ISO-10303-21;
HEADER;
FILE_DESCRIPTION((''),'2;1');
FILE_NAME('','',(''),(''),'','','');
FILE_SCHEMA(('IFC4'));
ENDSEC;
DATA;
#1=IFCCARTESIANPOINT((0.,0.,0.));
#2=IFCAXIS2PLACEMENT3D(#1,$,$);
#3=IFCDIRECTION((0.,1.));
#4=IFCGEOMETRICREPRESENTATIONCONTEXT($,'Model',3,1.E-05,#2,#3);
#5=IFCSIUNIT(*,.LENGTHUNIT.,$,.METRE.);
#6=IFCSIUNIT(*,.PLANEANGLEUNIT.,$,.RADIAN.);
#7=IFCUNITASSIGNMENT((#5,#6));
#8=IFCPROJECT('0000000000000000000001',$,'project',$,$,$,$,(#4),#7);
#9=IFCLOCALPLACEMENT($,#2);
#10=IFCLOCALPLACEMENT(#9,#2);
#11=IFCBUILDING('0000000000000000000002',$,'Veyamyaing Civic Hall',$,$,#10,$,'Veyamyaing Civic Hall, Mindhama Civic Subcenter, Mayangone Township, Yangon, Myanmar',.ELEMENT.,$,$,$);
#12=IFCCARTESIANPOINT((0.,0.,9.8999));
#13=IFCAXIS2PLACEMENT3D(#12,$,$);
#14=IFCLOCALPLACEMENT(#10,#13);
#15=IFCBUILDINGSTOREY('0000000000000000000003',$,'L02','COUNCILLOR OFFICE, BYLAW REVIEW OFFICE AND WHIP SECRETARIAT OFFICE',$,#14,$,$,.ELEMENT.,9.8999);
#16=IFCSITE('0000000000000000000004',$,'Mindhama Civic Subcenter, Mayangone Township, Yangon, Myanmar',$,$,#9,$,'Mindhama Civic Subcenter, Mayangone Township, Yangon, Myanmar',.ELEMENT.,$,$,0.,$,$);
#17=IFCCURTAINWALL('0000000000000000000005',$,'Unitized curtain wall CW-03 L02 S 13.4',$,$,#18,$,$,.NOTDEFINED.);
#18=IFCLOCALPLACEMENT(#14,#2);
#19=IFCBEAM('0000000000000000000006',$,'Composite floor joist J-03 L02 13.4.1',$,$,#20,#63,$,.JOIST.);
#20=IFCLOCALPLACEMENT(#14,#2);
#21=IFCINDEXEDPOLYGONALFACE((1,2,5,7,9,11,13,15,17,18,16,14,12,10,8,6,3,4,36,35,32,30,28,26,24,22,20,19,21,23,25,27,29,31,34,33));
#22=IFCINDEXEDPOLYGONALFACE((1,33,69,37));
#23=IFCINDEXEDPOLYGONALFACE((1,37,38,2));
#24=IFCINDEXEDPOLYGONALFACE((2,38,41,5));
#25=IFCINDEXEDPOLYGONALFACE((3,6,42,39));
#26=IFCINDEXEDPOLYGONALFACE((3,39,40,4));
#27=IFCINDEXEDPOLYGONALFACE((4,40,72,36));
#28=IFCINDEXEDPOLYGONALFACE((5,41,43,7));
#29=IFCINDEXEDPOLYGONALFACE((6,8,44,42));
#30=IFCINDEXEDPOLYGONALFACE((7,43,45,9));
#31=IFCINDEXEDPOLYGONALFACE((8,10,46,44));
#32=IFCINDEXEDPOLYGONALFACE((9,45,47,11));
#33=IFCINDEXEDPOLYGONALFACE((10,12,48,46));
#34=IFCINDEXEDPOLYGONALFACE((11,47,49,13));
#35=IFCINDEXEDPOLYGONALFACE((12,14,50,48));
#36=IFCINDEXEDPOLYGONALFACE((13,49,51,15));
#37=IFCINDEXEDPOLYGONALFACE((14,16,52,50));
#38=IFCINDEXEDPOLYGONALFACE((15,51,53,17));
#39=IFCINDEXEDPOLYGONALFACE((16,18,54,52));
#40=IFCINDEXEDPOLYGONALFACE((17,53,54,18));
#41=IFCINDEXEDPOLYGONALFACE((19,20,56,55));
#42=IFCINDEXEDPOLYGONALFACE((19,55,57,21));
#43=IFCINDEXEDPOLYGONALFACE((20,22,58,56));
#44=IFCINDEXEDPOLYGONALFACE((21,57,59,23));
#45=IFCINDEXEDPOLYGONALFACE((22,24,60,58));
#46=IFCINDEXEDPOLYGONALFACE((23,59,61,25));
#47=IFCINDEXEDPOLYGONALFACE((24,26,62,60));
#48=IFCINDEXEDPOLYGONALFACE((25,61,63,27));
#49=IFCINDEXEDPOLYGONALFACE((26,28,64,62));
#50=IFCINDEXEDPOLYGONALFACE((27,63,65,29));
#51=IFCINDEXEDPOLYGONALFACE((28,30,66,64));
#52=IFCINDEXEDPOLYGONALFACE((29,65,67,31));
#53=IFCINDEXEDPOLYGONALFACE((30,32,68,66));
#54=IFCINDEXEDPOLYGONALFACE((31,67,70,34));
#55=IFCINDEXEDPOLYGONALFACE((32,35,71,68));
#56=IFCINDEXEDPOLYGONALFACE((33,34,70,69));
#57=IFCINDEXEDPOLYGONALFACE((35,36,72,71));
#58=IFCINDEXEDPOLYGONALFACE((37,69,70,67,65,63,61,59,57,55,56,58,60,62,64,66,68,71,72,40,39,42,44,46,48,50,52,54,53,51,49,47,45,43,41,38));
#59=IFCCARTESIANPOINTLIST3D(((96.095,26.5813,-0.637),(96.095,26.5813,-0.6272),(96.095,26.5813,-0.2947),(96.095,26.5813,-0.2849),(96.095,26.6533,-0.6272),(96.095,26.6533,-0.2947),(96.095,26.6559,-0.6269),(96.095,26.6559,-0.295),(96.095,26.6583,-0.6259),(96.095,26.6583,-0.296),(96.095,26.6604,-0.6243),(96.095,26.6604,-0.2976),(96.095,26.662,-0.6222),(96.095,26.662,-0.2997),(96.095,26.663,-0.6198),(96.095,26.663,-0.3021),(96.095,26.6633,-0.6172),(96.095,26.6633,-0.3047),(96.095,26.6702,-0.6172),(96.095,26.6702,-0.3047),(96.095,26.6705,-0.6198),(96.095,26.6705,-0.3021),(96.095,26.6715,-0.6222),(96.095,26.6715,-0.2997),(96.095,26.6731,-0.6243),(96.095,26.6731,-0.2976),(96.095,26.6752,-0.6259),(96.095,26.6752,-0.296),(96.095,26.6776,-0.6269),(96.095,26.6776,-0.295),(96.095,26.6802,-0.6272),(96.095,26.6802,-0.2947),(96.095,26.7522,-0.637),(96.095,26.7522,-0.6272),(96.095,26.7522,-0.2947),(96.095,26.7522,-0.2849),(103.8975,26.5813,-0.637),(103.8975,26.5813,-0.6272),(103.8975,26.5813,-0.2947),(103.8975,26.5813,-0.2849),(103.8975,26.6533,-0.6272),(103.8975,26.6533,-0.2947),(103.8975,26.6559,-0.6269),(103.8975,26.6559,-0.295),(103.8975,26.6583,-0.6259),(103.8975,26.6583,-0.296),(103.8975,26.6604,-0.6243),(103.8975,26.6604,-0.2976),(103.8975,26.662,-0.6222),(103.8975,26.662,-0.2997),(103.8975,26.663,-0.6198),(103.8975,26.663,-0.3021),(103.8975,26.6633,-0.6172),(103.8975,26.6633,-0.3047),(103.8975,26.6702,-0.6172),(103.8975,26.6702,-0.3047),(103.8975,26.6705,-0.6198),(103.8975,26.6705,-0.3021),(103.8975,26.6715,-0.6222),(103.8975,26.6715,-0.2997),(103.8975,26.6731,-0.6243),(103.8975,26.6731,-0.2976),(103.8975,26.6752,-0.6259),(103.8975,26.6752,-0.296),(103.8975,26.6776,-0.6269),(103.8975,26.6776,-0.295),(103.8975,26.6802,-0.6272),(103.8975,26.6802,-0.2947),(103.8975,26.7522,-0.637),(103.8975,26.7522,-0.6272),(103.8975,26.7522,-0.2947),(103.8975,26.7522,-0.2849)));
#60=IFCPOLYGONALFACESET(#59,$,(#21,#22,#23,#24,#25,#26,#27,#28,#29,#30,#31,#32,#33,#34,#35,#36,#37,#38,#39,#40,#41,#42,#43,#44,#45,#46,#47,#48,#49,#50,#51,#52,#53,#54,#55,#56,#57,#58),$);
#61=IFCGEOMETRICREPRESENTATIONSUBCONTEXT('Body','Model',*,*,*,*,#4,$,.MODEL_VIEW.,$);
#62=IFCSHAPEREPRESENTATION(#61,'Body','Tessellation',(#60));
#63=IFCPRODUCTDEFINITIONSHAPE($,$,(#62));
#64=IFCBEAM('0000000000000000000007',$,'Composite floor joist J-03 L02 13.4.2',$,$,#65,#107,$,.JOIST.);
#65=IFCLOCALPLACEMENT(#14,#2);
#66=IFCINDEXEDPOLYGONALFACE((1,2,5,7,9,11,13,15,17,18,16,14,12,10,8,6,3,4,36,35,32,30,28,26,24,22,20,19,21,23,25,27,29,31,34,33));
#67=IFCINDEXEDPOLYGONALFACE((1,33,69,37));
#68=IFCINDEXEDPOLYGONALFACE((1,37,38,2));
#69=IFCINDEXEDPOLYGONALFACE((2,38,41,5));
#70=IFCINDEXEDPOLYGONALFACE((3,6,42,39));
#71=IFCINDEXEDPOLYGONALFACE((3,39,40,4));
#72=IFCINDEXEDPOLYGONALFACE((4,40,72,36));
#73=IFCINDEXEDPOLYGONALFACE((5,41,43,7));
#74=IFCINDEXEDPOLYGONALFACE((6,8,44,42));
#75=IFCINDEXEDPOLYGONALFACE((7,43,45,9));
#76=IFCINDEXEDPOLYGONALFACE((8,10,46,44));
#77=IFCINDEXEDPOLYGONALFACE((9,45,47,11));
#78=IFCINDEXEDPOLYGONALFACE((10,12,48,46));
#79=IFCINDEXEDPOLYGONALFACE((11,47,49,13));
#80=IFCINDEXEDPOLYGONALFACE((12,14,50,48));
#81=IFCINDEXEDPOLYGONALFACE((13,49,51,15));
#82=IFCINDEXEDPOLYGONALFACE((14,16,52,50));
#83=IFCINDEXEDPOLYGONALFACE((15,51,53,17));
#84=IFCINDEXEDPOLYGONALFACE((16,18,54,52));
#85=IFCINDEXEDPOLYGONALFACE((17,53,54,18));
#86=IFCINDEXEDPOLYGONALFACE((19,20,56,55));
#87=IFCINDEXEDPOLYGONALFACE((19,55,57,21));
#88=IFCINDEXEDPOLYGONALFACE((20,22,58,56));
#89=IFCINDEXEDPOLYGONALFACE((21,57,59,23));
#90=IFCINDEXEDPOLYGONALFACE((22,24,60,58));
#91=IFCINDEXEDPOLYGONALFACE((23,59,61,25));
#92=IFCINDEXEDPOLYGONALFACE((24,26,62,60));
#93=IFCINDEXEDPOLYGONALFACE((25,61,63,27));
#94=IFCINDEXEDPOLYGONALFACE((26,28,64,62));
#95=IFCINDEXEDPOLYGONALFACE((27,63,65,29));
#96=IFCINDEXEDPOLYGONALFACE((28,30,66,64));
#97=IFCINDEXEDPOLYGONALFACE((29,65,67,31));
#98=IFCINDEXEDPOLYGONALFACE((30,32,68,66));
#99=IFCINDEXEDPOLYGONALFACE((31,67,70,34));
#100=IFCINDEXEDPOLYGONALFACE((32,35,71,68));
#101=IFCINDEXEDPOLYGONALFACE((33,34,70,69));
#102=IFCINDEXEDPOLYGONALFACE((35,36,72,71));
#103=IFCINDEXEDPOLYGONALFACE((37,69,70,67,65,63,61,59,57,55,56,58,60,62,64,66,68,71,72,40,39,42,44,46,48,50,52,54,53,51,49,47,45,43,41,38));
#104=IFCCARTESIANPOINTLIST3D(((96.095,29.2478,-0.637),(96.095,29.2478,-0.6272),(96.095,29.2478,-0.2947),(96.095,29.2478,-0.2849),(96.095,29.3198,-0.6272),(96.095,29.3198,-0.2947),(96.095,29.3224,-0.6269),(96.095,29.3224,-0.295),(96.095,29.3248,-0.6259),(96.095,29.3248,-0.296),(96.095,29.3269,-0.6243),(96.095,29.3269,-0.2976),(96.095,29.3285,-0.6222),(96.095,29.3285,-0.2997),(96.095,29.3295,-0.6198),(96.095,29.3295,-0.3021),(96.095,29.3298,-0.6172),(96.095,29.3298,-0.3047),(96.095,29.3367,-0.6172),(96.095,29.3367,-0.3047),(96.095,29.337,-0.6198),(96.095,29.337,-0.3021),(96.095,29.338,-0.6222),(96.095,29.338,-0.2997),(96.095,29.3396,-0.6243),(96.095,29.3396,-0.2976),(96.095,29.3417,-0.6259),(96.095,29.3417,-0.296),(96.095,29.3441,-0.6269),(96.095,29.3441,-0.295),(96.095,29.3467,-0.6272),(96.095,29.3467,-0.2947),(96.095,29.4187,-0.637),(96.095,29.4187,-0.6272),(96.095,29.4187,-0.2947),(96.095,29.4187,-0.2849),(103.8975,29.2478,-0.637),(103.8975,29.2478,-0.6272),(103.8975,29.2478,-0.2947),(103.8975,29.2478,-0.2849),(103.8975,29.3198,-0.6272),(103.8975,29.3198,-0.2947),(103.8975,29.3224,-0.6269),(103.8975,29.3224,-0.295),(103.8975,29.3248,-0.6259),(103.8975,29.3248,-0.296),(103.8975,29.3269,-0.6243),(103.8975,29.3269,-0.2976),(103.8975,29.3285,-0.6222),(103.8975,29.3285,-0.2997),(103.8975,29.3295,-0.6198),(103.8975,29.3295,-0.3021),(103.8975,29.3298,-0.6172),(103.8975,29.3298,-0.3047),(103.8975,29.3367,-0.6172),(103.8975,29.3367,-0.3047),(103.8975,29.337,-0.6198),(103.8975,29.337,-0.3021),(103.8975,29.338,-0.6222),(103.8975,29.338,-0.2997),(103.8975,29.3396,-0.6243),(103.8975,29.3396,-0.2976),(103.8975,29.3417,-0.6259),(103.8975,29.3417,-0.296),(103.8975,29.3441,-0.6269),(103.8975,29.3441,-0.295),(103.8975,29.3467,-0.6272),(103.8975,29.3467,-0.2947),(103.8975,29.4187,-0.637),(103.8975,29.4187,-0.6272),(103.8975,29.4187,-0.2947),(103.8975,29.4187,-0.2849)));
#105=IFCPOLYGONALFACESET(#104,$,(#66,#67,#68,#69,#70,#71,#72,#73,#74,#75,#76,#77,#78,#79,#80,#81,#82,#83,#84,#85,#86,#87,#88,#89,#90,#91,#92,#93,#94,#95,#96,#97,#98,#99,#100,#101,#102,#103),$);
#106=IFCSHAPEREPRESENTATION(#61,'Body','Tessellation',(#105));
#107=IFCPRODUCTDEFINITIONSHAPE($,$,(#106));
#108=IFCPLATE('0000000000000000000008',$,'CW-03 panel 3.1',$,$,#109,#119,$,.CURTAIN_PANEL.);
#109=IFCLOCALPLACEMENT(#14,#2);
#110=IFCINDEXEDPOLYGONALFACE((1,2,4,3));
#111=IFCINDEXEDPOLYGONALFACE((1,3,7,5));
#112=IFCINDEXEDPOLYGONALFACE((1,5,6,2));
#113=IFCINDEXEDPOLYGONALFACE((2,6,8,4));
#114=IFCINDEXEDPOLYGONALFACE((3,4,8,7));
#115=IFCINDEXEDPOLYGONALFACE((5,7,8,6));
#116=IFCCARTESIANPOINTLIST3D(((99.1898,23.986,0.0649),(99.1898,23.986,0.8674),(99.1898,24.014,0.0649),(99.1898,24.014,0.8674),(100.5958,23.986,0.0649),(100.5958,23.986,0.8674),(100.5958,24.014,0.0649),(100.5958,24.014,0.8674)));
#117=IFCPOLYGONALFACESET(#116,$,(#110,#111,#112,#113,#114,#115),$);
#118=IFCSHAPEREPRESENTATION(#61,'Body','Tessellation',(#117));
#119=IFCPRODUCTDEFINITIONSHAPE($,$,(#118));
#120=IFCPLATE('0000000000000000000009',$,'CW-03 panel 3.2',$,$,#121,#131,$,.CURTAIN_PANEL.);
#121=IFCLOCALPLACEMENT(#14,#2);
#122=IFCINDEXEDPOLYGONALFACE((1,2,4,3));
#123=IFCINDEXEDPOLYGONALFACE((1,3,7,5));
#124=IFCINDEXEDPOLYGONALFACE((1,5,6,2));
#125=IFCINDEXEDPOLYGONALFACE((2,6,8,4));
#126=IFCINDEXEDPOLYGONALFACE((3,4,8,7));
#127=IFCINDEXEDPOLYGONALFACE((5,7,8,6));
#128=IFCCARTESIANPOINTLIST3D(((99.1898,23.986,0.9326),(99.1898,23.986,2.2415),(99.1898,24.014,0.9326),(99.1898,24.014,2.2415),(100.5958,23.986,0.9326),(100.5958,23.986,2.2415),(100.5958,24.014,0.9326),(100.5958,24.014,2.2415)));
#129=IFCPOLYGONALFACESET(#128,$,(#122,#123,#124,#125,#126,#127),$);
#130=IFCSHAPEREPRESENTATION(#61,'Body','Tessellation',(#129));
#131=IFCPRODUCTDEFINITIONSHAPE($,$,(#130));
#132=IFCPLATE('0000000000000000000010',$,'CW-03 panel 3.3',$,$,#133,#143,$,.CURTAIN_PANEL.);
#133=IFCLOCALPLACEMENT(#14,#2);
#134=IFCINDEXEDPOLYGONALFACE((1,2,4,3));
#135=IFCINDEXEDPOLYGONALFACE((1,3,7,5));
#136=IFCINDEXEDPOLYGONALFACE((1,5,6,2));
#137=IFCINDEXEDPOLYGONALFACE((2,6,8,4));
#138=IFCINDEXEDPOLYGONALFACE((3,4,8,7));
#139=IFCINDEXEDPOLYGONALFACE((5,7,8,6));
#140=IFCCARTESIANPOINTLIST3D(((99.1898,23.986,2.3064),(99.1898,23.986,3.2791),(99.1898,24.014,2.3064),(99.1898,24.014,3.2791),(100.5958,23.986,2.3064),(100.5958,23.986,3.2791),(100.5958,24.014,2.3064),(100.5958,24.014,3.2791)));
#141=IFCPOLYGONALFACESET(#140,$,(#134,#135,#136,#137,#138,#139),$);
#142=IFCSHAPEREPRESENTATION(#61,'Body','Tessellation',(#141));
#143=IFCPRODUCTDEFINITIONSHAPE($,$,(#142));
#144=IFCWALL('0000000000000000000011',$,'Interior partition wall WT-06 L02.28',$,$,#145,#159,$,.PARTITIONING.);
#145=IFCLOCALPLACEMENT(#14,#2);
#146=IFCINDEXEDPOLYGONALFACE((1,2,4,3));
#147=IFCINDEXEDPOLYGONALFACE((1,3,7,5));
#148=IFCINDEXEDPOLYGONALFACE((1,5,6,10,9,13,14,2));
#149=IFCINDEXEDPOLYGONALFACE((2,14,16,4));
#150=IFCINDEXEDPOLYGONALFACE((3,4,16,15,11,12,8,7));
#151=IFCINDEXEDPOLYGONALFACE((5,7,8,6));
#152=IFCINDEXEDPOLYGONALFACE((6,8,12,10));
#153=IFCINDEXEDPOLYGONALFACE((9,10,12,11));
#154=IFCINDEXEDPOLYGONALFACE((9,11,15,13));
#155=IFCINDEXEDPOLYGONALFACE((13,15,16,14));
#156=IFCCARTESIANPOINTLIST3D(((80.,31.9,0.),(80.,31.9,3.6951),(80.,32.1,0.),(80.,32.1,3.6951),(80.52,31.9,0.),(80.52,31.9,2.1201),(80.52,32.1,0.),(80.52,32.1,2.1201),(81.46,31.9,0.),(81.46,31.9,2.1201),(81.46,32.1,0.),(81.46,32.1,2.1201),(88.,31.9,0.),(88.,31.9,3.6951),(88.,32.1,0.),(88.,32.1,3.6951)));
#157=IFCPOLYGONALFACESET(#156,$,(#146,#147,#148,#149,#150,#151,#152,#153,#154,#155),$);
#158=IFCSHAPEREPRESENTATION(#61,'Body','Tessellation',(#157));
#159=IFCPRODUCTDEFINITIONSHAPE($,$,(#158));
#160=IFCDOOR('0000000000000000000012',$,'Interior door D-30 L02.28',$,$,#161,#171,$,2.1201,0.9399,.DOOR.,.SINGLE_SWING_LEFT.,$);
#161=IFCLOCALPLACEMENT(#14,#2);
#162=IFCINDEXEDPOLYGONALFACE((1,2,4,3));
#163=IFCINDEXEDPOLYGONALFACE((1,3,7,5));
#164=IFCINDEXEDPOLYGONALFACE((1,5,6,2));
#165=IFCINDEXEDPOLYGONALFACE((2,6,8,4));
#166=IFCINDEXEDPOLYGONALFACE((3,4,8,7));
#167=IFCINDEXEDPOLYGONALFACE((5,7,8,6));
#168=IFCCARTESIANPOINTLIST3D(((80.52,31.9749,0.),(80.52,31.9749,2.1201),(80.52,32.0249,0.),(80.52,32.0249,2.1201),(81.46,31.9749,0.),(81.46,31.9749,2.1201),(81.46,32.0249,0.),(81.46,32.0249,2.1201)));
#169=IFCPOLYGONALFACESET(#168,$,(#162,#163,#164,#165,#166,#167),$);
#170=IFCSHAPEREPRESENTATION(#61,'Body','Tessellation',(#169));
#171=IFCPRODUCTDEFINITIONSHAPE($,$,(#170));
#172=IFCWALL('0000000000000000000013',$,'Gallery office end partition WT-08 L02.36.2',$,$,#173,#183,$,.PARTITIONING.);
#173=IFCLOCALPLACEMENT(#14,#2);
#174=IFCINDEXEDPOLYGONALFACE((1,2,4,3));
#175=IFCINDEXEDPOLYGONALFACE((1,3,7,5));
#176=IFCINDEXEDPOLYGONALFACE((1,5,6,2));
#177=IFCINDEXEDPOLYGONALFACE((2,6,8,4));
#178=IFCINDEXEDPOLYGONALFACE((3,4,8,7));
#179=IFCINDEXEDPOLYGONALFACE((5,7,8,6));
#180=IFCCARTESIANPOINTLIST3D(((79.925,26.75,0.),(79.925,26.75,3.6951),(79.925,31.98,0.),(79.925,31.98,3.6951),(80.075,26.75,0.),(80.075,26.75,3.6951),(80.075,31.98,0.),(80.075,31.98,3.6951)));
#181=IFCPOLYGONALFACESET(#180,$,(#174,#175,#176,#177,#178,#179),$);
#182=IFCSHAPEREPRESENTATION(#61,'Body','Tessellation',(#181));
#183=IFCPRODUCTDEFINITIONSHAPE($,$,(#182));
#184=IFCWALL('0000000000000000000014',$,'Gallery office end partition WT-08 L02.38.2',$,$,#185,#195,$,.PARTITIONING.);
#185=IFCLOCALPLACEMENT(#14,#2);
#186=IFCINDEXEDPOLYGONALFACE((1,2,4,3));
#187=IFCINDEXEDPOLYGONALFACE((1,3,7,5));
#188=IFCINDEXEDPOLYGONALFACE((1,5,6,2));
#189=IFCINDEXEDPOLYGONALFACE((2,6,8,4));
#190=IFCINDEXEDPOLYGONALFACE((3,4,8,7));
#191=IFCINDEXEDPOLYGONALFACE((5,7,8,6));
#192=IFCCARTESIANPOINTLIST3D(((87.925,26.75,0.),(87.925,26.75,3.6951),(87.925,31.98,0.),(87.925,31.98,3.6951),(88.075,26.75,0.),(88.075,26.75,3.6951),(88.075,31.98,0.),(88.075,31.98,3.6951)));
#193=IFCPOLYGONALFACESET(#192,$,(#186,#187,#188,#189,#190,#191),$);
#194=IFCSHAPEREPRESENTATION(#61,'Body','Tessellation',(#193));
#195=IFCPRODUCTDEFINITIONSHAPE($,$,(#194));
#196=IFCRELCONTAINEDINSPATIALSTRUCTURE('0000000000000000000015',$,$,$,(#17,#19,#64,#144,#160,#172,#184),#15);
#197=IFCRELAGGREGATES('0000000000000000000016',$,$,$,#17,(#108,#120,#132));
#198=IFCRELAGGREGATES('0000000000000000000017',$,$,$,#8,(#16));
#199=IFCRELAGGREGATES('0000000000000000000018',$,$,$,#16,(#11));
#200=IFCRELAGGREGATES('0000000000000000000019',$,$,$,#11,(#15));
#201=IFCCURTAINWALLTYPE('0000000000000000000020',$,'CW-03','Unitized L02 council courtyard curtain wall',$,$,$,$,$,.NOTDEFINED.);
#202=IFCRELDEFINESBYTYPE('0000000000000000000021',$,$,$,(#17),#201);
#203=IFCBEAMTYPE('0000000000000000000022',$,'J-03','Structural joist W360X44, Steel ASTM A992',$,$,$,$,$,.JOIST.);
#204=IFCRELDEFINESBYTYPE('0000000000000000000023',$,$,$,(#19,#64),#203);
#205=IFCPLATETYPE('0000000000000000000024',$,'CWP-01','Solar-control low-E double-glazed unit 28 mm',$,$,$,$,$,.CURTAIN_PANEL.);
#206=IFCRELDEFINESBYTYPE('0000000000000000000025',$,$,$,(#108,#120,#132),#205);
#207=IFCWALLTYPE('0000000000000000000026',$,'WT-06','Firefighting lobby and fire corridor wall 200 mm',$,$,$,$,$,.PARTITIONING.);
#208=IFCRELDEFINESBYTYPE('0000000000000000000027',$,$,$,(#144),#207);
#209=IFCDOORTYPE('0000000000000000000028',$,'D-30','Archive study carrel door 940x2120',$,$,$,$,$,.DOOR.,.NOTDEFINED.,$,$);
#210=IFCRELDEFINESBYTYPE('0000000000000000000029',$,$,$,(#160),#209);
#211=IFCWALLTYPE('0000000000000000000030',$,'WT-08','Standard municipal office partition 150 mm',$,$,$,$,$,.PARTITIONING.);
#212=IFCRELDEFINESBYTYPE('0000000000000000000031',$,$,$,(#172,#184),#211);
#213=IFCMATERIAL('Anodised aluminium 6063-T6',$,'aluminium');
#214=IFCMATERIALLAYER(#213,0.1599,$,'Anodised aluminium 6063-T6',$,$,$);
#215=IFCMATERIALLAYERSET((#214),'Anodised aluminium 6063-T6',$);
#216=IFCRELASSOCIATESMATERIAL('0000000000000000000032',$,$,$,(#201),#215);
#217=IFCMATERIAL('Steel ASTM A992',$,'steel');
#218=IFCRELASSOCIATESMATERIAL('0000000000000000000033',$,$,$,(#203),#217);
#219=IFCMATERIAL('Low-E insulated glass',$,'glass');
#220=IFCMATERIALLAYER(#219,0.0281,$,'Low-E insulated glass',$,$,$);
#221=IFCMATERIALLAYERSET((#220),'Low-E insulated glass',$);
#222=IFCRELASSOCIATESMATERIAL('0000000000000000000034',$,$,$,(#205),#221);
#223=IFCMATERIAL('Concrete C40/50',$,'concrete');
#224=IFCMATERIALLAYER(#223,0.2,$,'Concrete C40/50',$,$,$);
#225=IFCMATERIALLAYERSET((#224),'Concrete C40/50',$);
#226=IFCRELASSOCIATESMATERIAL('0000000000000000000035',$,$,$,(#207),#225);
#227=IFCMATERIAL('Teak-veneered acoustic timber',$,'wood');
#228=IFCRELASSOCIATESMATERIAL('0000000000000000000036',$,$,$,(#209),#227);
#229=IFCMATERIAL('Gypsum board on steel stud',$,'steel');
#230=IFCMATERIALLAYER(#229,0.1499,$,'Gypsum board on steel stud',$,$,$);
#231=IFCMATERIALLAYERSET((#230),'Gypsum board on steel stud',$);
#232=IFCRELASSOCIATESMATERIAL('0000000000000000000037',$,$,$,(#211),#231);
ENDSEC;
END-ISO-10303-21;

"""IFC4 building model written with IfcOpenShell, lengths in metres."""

from ifc_helpers import new_model, si_unit, direction, frame, frame_2d, origin, origin_2d, place, context, subcontext, project, spatial, rectangle, i_section, extrude, material, layer, layer_set, material_profile, profile_set, type_object, element, fill, aggregate, save


model = new_model("IFC4")

# Units and contexts
model_context = context("Model", 3, precision=1e-05, world=origin(), true_north=direction((0.0, 1.0)))
body_context = subcontext(model_context, "Body", "Model", "MODEL_VIEW")
ifc_project = project(units=[si_unit("LENGTHUNIT", "METRE"), si_unit("PLANEANGLEUNIT", "RADIAN")], contexts=[model_context])

# Site, building, storey
site_placement = place(None, origin())
site = spatial("IfcSite", under=ifc_project, at=site_placement, Name="Mindhama Civic Subcenter, Mayangone Township, Yangon, Myanmar", LongName="Mindhama Civic Subcenter, Mayangone Township, Yangon, Myanmar", CompositionType="ELEMENT", RefElevation=0.0)
building_placement = place(site_placement, origin())
building = spatial("IfcBuilding", under=site, at=building_placement, Name="Veyamyaing Civic Hall", LongName="Veyamyaing Civic Hall, Mindhama Civic Subcenter, Mayangone Township, Yangon, Myanmar", CompositionType="ELEMENT")
storey_placement = place(building_placement, frame((0.0, 0.0, 9.8999)))
storey = spatial("IfcBuildingStorey", under=building, at=storey_placement, Name="L02", Description="COUNCILLOR OFFICE, BYLAW REVIEW OFFICE AND WHIP SECRETARIAT OFFICE", CompositionType="ELEMENT", Elevation=9.8999)

# Shared definitions
ifc_material_1 = material(Name="Steel ASTM A992", Category="steel")

# Curtain wall
ifc_material_2 = material(Name="Anodised aluminium 6063-T6", Category="aluminium")
ifc_layer_1 = layer(ifc_material_2, 0.1599, Name="Anodised aluminium 6063-T6")
ifc_layer_set_1 = layer_set([ifc_layer_1], Name="Anodised aluminium 6063-T6")
curtain_wall_type = type_object("IfcCurtainWallType", Name="CW-03", Description="Unitized L02 council courtyard curtain wall", PredefinedType="NOTDEFINED", material=ifc_layer_set_1)
curtain_wall_placement = place(storey_placement, origin())
curtain_wall = element("IfcCurtainWall", 1, at=curtain_wall_placement, inside=storey, type_object=curtain_wall_type, Name="Unitized curtain wall CW-03 L02 S 13.4", PredefinedType="NOTDEFINED")

# Beams
ifc_material_profile_1 = material_profile(ifc_material_1, i_section(OverallWidth=0.1709, OverallDepth=0.3521, WebThickness=0.0068, FlangeThickness=0.0098, FilletRadius=0.01, at=origin_2d()), Name="W360X44")
ifc_profile_set_1 = profile_set([ifc_material_profile_1], Name="Steel ASTM A992")
beam_type_1 = type_object("IfcBeamType", Name="J-03", Description="Structural joist W360X44, Steel ASTM A992", PredefinedType="JOIST", material=ifc_profile_set_1)
for number, where, z_axis, x_axis, name in (
    (2, (96.095, 26.6667, -0.4609), (1.0, 0.0, 0.0), (0.0, 1.0, 0.0), "Composite floor joist J-03 L02 13.4.1"),
    (3, (96.095, 29.3333, -0.4609), (1.0, 0.0, 0.0), (0.0, 1.0, 0.0), "Composite floor joist J-03 L02 13.4.2"),
):
    element("IfcBeam", number, at=place(storey_placement, frame(where, z_axis=z_axis, x_axis=x_axis)), inside=storey, type_object=beam_type_1, Name=name, PredefinedType="JOIST", context=body_context, shape_type="SweptSolid", body=[
        extrude(i_section(OverallWidth=0.1709, OverallDepth=0.3521, WebThickness=0.0068, FlangeThickness=0.0098, FilletRadius=0.01, at=origin_2d()), origin(), (0.0, 0.0, 1.0), 7.8025),
    ])

# Plates
ifc_material_3 = material(Name="Low-E insulated glass", Category="glass")
ifc_layer_2 = layer(ifc_material_3, 0.0281, Name="Low-E insulated glass")
ifc_layer_set_2 = layer_set([ifc_layer_2], Name="Low-E insulated glass")
plate_type = type_object("IfcPlateType", Name="CWP-01", Description="Solar-control low-E double-glazed unit 28 mm", PredefinedType="CURTAIN_PANEL", material=ifc_layer_set_2)
plate_1_placement = place(storey_placement, frame((99.8928, 24.0, 0.0649), z_axis=(0.0, 0.0, 1.0), x_axis=(1.0, 0.0, 0.0)))
plate_1 = element("IfcPlate", 4, at=plate_1_placement, type_object=plate_type, Name="CW-03 panel 3.1", PredefinedType="CURTAIN_PANEL", context=body_context, shape_type="SweptSolid", body=[
    extrude(rectangle(XDim=1.406, YDim=0.0281, at=origin_2d()), origin(), (0.0, 0.0, 1.0), 0.8025),
])
plate_2_placement = place(storey_placement, frame((99.8928, 24.0, 0.9326), z_axis=(0.0, 0.0, 1.0), x_axis=(1.0, 0.0, 0.0)))
plate_2 = element("IfcPlate", 5, at=plate_2_placement, type_object=plate_type, Name="CW-03 panel 3.2", PredefinedType="CURTAIN_PANEL", context=body_context, shape_type="SweptSolid", body=[
    extrude(rectangle(XDim=1.406, YDim=0.0281, at=origin_2d()), origin(), (0.0, 0.0, 1.0), 1.3088),
])
plate_3_placement = place(storey_placement, frame((99.8928, 24.0, 2.3064), z_axis=(0.0, 0.0, 1.0), x_axis=(1.0, 0.0, 0.0)))
plate_3 = element("IfcPlate", 6, at=plate_3_placement, type_object=plate_type, Name="CW-03 panel 3.3", PredefinedType="CURTAIN_PANEL", context=body_context, shape_type="SweptSolid", body=[
    extrude(rectangle(XDim=1.406, YDim=0.0281, at=origin_2d()), origin(), (0.0, 0.0, 1.0), 0.9727),
])
aggregate(curtain_wall, [plate_1, plate_2, plate_3])

# Wall, opening, door
ifc_material_4 = material(Name="Concrete C40/50", Category="concrete")
ifc_layer_3 = layer(ifc_material_4, 0.2, Name="Concrete C40/50")
ifc_layer_set_3 = layer_set([ifc_layer_3], Name="Concrete C40/50")
wall_type_1 = type_object("IfcWallType", Name="WT-06", Description="Firefighting lobby and fire corridor wall 200 mm", PredefinedType="PARTITIONING", material=ifc_layer_set_3)
wall_1_placement = place(storey_placement, frame((80.0, 32.0, 0.0), z_axis=(0.0, 0.0, 1.0), x_axis=(1.0, 0.0, 0.0)))
wall_1 = element("IfcWall", 7, at=wall_1_placement, inside=storey, type_object=wall_type_1, Name="Interior partition wall WT-06 L02.28", PredefinedType="PARTITIONING", context=body_context, shape_type="SweptSolid", body=[
    extrude(rectangle(XDim=8.0, YDim=0.2, at=frame_2d((4.0, 0.0))), origin(), (0.0, 0.0, 1.0), 3.6951),
])
opening_1_placement = place(wall_1_placement, frame((0.52, 0.0, 0.0)))
opening_1 = element("IfcOpeningElement", 8, at=opening_1_placement, cuts=wall_1, PredefinedType="OPENING", context=body_context, shape_type="SweptSolid", body=[
    extrude(rectangle(XDim=0.9399, YDim=2.1201, at=frame_2d((0.47, 1.0601))), frame((0.0, 0.1099, 0.0), z_axis=(0.0, -1.0, 0.0), x_axis=(1.0, 0.0, 0.0)), (0.0, 0.0, 1.0), 0.22),
])
ifc_material_5 = material(Name="Teak-veneered acoustic timber", Category="wood")
door_type_1 = type_object("IfcDoorType", Name="D-30", Description="Archive study carrel door 940x2120", OperationType="NOTDEFINED", PredefinedType="DOOR", material=ifc_material_5)
door_1_placement = place(opening_1_placement, origin())
door_1 = element("IfcDoor", 9, at=door_1_placement, inside=storey, type_object=door_type_1, Name="Interior door D-30 L02.28", OperationType="SINGLE_SWING_LEFT", OverallHeight=2.1201, OverallWidth=0.9399, PredefinedType="DOOR", context=body_context, shape_type="SweptSolid", body=[
    extrude(rectangle(XDim=0.9399, YDim=2.1201, at=frame_2d((0.47, 1.0601))), frame((0.0, 0.0249, 0.0), z_axis=(0.0, -1.0, 0.0), x_axis=(1.0, 0.0, 0.0)), (0.0, 0.0, 1.0), 0.05),
])
fill(opening_1, door_1)

# Walls
ifc_material_6 = material(Name="Gypsum board on steel stud", Category="steel")
ifc_layer_4 = layer(ifc_material_6, 0.1499, Name="Gypsum board on steel stud")
ifc_layer_set_4 = layer_set([ifc_layer_4], Name="Gypsum board on steel stud")
wall_type_2 = type_object("IfcWallType", Name="WT-08", Description="Standard municipal office partition 150 mm", PredefinedType="PARTITIONING", material=ifc_layer_set_4)
for number, where, z_axis, x_axis, name in (
    (10, (80.0, 26.75, 0.0), (0.0, 0.0, 1.0), (0.0, 1.0, 0.0), "Gallery office end partition WT-08 L02.36.2"),
    (11, (88.0, 26.75, 0.0), (0.0, 0.0, 1.0), (0.0, 1.0, 0.0), "Gallery office end partition WT-08 L02.38.2"),
):
    element("IfcWall", number, at=place(storey_placement, frame(where, z_axis=z_axis, x_axis=x_axis)), inside=storey, type_object=wall_type_2, Name=name, PredefinedType="PARTITIONING", context=body_context, shape_type="SweptSolid", body=[
        extrude(rectangle(XDim=5.23, YDim=0.1499, at=frame_2d((2.615, 0.0))), origin(), (0.0, 0.0, 1.0), 3.6951),
    ])

save(model, "model.ifc")
